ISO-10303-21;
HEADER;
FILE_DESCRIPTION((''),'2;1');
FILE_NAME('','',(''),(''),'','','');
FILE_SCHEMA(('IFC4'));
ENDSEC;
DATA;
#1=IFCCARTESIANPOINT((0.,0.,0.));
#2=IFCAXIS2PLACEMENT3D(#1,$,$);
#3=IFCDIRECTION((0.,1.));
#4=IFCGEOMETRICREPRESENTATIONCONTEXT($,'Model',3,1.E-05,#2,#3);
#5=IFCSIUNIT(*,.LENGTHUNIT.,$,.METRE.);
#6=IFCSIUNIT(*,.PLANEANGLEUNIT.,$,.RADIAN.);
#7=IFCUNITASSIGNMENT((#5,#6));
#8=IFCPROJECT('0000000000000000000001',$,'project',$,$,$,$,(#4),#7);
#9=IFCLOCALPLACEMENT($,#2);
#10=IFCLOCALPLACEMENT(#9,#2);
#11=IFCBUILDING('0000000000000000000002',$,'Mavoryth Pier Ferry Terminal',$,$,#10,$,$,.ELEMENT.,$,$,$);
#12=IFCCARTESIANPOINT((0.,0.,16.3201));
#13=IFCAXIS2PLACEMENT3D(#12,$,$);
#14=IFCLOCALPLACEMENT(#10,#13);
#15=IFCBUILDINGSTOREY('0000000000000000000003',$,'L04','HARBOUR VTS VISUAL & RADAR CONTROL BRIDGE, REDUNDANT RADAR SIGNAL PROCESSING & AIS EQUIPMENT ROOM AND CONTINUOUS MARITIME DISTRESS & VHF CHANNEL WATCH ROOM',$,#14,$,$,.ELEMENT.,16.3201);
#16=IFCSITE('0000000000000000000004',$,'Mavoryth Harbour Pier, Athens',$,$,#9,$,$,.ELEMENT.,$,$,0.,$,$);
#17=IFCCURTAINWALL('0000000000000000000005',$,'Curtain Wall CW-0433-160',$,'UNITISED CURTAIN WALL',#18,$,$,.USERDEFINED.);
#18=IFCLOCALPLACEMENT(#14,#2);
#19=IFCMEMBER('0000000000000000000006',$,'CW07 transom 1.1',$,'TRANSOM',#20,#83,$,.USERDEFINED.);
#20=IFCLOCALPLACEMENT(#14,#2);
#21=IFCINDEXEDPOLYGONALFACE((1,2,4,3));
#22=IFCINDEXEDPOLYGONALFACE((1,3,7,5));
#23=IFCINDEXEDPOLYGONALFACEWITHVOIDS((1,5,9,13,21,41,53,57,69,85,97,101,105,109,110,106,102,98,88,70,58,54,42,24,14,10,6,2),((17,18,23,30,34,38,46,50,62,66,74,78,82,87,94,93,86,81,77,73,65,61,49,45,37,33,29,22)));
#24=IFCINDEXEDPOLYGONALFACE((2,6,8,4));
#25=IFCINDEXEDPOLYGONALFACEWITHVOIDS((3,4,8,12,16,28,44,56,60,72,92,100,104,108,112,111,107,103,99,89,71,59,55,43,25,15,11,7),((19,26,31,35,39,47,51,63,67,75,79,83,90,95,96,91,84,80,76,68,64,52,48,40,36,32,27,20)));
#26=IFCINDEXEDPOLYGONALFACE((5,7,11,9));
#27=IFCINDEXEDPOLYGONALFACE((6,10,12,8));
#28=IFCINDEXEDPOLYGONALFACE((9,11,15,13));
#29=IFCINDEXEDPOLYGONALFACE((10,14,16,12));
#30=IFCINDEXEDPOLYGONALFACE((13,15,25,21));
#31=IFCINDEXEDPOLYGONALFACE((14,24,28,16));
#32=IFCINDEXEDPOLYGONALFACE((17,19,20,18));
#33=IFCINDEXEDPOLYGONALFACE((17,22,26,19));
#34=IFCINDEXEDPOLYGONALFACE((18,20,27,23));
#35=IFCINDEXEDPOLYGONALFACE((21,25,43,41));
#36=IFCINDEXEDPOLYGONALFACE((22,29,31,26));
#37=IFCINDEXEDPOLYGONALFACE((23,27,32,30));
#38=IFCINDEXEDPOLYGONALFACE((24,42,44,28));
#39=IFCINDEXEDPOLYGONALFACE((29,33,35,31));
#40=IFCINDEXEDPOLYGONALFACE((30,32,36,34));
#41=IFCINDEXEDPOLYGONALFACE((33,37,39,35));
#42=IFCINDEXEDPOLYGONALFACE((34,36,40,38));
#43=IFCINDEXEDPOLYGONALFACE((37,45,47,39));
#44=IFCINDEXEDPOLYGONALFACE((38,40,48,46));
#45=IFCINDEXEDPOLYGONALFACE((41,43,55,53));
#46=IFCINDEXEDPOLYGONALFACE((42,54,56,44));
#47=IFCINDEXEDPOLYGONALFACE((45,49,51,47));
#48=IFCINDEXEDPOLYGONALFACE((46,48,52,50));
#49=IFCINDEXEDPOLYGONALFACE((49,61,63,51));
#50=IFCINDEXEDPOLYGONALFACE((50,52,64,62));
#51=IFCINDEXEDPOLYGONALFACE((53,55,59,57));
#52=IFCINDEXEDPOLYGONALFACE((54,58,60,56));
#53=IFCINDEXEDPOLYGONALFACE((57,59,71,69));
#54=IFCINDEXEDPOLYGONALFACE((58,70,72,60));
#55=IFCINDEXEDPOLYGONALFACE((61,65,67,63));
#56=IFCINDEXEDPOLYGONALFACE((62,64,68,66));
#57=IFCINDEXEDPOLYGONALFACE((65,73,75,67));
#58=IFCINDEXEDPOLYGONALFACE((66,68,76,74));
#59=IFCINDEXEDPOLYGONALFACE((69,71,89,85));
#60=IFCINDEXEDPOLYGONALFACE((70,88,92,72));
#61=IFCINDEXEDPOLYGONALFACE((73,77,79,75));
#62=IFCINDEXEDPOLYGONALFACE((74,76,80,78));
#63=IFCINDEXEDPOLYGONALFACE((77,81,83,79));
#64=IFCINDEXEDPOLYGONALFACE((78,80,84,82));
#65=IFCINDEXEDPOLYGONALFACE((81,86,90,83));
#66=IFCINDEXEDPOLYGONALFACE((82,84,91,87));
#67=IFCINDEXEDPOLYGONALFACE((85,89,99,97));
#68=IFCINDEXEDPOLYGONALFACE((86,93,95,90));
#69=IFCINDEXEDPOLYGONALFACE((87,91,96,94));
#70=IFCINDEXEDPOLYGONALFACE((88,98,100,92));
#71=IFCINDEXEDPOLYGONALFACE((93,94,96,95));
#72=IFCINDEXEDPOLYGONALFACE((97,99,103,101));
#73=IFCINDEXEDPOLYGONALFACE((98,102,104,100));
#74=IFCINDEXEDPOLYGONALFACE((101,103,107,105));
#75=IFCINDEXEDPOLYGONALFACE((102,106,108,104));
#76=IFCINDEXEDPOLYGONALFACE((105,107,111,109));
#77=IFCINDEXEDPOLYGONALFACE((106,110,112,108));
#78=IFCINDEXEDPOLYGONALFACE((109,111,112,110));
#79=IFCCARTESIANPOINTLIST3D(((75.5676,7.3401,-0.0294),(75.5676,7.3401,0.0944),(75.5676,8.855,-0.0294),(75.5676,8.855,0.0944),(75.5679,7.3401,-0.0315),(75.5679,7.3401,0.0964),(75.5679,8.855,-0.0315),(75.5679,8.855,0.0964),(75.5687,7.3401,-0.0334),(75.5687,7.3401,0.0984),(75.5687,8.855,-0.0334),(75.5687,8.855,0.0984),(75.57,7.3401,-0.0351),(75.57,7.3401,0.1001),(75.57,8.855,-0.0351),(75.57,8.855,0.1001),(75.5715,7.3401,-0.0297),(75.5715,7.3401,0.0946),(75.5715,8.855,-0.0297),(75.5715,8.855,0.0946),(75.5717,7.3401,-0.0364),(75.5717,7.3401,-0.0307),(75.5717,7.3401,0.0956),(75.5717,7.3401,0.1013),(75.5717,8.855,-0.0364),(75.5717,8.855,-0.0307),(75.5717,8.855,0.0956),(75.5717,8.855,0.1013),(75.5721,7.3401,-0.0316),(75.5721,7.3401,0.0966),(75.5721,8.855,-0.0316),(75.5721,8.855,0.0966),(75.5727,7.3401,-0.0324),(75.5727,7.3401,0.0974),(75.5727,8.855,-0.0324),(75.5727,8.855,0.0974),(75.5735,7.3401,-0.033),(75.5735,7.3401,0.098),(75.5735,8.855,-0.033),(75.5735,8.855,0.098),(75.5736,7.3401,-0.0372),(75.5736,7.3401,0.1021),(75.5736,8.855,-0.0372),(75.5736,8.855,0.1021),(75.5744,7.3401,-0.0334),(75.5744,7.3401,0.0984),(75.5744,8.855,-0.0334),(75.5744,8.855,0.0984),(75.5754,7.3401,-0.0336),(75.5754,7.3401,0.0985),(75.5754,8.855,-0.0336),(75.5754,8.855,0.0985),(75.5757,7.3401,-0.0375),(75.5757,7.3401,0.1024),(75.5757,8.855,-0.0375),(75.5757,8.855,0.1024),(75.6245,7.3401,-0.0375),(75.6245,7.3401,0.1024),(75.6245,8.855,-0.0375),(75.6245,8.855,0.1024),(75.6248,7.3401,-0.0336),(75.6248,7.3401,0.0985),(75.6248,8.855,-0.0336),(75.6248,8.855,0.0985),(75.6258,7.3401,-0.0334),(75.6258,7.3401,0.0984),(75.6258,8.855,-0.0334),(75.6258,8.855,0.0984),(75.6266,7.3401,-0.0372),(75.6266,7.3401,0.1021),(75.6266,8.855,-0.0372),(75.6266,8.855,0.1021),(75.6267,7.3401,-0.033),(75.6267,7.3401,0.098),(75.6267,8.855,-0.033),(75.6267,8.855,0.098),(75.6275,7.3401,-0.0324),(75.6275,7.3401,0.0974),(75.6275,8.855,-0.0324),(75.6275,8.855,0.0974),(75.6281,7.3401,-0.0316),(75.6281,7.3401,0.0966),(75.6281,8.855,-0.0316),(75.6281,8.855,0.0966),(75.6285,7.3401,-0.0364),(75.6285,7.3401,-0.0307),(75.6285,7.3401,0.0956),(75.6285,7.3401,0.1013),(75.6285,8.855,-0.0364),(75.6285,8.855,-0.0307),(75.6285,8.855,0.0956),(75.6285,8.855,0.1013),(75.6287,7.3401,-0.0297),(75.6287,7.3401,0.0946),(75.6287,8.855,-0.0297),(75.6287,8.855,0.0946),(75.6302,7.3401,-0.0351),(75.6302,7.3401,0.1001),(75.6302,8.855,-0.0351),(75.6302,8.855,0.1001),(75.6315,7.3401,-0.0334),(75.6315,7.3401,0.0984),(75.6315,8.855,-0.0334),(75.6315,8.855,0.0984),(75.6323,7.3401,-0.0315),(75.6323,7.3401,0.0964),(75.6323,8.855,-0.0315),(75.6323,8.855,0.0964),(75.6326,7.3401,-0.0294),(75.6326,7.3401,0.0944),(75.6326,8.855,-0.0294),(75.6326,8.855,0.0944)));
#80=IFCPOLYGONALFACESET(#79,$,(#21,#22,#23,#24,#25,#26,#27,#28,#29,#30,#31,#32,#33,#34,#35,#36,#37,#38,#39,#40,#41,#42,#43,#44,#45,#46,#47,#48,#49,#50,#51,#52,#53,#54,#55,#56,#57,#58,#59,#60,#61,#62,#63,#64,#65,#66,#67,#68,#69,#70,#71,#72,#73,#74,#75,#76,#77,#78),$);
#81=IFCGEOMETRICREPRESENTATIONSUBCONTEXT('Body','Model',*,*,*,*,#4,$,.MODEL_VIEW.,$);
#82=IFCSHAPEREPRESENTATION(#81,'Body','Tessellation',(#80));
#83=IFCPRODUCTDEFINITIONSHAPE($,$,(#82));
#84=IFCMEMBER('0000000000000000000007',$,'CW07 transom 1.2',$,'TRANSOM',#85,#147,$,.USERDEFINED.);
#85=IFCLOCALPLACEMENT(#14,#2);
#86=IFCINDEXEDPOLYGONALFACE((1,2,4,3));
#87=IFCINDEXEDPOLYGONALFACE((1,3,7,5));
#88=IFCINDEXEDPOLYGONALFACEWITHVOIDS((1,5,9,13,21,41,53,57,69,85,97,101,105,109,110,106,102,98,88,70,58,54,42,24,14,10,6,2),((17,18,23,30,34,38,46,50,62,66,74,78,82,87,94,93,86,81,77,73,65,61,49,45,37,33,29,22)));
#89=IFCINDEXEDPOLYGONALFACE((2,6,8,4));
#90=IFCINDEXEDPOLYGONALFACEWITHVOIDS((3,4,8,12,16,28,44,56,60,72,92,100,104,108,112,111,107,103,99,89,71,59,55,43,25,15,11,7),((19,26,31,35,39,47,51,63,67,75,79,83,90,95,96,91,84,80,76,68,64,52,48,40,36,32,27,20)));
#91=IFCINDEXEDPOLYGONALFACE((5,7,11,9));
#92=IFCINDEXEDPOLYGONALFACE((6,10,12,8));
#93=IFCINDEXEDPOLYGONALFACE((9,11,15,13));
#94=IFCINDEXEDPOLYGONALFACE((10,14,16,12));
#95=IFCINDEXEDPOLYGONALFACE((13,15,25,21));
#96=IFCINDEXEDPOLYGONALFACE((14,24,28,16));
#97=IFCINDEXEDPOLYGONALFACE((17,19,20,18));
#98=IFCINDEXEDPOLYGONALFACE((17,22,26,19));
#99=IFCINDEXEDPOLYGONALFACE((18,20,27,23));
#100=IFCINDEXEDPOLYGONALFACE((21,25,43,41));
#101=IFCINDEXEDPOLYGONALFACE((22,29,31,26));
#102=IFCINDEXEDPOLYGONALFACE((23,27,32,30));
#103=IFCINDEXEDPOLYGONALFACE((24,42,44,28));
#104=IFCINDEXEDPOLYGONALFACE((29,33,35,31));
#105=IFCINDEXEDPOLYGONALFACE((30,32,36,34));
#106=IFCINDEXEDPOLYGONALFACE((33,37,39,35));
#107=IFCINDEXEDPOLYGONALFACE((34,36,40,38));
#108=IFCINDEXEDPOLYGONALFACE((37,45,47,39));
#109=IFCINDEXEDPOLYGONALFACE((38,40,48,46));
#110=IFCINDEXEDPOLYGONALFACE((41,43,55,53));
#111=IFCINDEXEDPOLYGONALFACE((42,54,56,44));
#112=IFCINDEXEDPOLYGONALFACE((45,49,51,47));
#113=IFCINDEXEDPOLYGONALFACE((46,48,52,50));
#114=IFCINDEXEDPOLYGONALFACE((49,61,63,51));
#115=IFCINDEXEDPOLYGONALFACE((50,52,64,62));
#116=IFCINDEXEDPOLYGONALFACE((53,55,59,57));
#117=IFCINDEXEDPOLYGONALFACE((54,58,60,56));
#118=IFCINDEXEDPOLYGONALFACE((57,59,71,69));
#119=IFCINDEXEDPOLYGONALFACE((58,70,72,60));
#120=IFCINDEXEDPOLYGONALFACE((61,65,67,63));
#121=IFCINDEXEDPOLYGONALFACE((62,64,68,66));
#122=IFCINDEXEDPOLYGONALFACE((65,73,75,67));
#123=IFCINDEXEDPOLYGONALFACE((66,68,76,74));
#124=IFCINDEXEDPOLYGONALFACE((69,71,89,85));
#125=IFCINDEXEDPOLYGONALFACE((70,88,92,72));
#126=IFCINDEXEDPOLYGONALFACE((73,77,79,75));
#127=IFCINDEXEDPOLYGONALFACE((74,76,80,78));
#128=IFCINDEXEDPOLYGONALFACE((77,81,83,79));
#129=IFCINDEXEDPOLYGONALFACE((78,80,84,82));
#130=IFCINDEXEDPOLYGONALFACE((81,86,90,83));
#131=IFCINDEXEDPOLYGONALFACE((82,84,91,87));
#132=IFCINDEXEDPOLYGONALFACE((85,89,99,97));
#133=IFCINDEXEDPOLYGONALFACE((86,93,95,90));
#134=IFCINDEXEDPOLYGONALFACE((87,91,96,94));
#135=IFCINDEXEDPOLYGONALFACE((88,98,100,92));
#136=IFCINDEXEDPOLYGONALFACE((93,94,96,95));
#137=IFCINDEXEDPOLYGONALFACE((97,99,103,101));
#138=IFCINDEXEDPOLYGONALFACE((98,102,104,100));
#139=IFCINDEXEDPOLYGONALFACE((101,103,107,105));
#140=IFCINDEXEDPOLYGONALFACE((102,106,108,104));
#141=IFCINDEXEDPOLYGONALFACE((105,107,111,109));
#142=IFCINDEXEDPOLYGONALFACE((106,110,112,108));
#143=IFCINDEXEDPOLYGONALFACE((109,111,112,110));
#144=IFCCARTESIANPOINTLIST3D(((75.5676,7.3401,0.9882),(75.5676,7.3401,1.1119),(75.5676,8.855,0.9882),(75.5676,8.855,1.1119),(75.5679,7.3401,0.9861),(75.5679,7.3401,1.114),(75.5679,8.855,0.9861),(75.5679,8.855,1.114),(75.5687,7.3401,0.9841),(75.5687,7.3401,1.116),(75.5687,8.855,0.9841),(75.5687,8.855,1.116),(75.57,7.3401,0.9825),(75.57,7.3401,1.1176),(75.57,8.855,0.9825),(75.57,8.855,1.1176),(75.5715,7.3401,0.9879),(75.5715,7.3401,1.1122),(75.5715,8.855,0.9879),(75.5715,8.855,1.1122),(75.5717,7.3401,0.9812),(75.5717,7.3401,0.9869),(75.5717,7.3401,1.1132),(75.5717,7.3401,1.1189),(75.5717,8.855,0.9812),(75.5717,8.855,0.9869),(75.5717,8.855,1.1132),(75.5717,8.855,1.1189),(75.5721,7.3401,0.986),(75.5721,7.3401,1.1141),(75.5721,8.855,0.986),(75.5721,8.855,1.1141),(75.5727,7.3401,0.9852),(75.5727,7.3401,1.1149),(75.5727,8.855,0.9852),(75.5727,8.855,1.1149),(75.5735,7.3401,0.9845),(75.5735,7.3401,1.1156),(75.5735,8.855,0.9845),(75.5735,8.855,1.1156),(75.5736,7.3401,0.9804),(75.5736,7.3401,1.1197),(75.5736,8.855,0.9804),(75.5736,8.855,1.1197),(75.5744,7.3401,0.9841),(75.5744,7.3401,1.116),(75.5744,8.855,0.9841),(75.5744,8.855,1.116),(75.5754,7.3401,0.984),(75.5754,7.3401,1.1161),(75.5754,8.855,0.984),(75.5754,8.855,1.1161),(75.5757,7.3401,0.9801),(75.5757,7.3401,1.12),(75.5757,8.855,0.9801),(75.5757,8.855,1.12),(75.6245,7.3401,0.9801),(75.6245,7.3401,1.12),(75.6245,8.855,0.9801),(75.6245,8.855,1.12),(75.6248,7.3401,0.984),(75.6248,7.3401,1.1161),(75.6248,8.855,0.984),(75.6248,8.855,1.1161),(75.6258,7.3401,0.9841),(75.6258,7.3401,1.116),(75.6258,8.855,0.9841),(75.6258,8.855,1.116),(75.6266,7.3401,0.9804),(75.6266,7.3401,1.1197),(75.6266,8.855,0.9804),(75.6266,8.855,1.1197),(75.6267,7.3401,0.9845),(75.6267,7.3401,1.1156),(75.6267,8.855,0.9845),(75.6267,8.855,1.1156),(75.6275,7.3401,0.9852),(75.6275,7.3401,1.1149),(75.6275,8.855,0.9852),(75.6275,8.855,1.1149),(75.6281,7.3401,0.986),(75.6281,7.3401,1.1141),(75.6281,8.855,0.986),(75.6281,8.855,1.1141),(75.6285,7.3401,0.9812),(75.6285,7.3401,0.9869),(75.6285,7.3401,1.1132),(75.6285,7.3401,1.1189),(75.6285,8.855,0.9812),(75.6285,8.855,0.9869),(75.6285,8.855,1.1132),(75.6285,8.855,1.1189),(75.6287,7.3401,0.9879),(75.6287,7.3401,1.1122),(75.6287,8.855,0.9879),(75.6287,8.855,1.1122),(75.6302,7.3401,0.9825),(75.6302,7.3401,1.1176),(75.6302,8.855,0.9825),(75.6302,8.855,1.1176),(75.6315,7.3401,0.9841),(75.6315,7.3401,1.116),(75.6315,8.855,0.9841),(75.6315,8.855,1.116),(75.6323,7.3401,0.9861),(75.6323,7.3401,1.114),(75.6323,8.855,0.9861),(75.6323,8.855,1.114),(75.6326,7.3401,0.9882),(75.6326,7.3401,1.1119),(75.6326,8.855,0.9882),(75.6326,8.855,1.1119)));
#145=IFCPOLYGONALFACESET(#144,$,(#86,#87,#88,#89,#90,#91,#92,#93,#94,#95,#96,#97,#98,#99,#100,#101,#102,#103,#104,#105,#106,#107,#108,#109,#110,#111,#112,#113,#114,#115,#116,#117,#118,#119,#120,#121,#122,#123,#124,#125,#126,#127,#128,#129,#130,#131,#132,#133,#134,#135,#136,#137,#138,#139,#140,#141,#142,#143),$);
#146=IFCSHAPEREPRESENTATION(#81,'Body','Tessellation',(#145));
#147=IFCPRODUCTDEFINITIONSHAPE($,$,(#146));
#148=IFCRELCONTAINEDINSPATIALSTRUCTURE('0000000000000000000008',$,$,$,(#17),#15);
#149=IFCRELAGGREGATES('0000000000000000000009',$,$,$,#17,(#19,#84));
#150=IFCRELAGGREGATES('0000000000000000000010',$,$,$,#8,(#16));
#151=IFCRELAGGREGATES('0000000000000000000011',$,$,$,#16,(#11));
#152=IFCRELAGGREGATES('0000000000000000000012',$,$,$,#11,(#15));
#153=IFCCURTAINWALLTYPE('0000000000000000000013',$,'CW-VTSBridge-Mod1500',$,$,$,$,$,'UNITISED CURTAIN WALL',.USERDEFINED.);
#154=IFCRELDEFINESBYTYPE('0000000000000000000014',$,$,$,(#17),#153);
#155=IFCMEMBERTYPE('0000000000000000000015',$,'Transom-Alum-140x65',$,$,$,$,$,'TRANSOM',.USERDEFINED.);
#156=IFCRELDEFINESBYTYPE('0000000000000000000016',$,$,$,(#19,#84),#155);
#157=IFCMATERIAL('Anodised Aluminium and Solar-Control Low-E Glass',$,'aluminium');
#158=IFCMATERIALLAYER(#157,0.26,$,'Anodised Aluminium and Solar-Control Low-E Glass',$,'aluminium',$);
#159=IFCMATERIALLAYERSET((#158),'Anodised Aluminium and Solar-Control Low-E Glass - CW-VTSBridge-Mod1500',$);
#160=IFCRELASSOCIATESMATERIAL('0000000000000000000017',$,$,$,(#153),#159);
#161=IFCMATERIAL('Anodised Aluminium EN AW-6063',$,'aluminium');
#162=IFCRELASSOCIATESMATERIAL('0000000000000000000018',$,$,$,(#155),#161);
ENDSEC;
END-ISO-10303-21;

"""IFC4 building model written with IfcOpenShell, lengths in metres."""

from ifc_helpers import new_model, si_unit, direction, frame, origin, origin_2d, place, context, subcontext, project, spatial, hollow_rectangle, extrude, material, layer, layer_set, material_profile, profile_set, type_object, element, aggregate, save


model = new_model("IFC4")

# Units and contexts
model_context = context("Model", 3, precision=1e-05, world=origin(), true_north=direction((0.0, 1.0)))
body_context = subcontext(model_context, "Body", "Model", "MODEL_VIEW")
ifc_project = project(units=[si_unit("LENGTHUNIT", "METRE"), si_unit("PLANEANGLEUNIT", "RADIAN")], contexts=[model_context])

# Site, building, storey
site_placement = place(None, origin())
site = spatial("IfcSite", under=ifc_project, at=site_placement, Name="Mavoryth Harbour Pier, Athens", CompositionType="ELEMENT", RefElevation=0.0)
building_placement = place(site_placement, origin())
building = spatial("IfcBuilding", under=site, at=building_placement, Name="Mavoryth Pier Ferry Terminal", CompositionType="ELEMENT")
storey_placement = place(building_placement, frame((0.0, 0.0, 16.3201)))
storey = spatial("IfcBuildingStorey", under=building, at=storey_placement, Name="L04", Description="HARBOUR VTS VISUAL & RADAR CONTROL BRIDGE, REDUNDANT RADAR SIGNAL PROCESSING & AIS EQUIPMENT ROOM AND CONTINUOUS MARITIME DISTRESS & VHF CHANNEL WATCH ROOM", CompositionType="ELEMENT", Elevation=16.3201)

# Shared definitions
ifc_material_1 = material(Name="Anodised Aluminium and Solar-Control Low-E Glass", Category="aluminium")
ifc_layer_1 = layer(ifc_material_1, 0.26, Name="Anodised Aluminium and Solar-Control Low-E Glass", Category="aluminium")
ifc_layer_set_1 = layer_set([ifc_layer_1], Name="Anodised Aluminium and Solar-Control Low-E Glass - CW-VTSBridge-Mod1500")
curtain_wall_type = type_object("IfcCurtainWallType", Name="CW-VTSBridge-Mod1500", ElementType="UNITISED CURTAIN WALL", PredefinedType="USERDEFINED", material=ifc_layer_set_1)
ifc_material_2 = material(Name="Anodised Aluminium EN AW-6063", Category="aluminium")

# Curtain wall
curtain_wall_1_placement = place(storey_placement, origin())
curtain_wall_1 = element("IfcCurtainWall", 1, at=curtain_wall_1_placement, inside=storey, type_object=curtain_wall_type, Name="Curtain Wall CW-0433-160", ObjectType="UNITISED CURTAIN WALL", PredefinedType="USERDEFINED")

# Members
ifc_material_profile_1 = material_profile(ifc_material_2, hollow_rectangle(XDim=0.0649, YDim=0.1399, WallThickness=0.0039, InnerFilletRadius=0.0039, OuterFilletRadius=0.0081, at=origin_2d()), Name="AL-TRAN 140x65x4", Category="aluminium")
ifc_profile_set_1 = profile_set([ifc_material_profile_1], Name="Anodised Aluminium EN AW-6063 - AL-TRAN 140x65x4")
member_type_1 = type_object("IfcMemberType", Name="Transom-Alum-140x65", ElementType="TRANSOM", PredefinedType="USERDEFINED", material=ifc_profile_set_1)
member_1_placement = place(storey_placement, frame((75.6001, 7.3401, 0.0325), z_axis=(0.0, 1.0, 0.0), x_axis=(-1.0, 0.0, 0.0)))
member_1 = element("IfcMember", 2, at=member_1_placement, type_object=member_type_1, Name="CW07 transom 1.1", ObjectType="TRANSOM", PredefinedType="USERDEFINED", context=body_context, shape_type="SweptSolid", body=[
    extrude(hollow_rectangle(XDim=0.0649, YDim=0.1399, WallThickness=0.0039, InnerFilletRadius=0.0039, OuterFilletRadius=0.0081, at=origin_2d()), origin(), (0.0, 0.0, 1.0), 1.5149),
])
member_2_placement = place(storey_placement, frame((75.6001, 7.3401, 1.05), z_axis=(0.0, 1.0, 0.0), x_axis=(-1.0, 0.0, 0.0)))
member_2 = element("IfcMember", 3, at=member_2_placement, type_object=member_type_1, Name="CW07 transom 1.2", ObjectType="TRANSOM", PredefinedType="USERDEFINED", context=body_context, shape_type="SweptSolid", body=[
    extrude(hollow_rectangle(XDim=0.0649, YDim=0.1399, WallThickness=0.0039, InnerFilletRadius=0.0039, OuterFilletRadius=0.0081, at=origin_2d()), origin(), (0.0, 0.0, 1.0), 1.5149),
])

aggregate(curtain_wall_1, [member_1, member_2])

save(model, "model.ifc")
